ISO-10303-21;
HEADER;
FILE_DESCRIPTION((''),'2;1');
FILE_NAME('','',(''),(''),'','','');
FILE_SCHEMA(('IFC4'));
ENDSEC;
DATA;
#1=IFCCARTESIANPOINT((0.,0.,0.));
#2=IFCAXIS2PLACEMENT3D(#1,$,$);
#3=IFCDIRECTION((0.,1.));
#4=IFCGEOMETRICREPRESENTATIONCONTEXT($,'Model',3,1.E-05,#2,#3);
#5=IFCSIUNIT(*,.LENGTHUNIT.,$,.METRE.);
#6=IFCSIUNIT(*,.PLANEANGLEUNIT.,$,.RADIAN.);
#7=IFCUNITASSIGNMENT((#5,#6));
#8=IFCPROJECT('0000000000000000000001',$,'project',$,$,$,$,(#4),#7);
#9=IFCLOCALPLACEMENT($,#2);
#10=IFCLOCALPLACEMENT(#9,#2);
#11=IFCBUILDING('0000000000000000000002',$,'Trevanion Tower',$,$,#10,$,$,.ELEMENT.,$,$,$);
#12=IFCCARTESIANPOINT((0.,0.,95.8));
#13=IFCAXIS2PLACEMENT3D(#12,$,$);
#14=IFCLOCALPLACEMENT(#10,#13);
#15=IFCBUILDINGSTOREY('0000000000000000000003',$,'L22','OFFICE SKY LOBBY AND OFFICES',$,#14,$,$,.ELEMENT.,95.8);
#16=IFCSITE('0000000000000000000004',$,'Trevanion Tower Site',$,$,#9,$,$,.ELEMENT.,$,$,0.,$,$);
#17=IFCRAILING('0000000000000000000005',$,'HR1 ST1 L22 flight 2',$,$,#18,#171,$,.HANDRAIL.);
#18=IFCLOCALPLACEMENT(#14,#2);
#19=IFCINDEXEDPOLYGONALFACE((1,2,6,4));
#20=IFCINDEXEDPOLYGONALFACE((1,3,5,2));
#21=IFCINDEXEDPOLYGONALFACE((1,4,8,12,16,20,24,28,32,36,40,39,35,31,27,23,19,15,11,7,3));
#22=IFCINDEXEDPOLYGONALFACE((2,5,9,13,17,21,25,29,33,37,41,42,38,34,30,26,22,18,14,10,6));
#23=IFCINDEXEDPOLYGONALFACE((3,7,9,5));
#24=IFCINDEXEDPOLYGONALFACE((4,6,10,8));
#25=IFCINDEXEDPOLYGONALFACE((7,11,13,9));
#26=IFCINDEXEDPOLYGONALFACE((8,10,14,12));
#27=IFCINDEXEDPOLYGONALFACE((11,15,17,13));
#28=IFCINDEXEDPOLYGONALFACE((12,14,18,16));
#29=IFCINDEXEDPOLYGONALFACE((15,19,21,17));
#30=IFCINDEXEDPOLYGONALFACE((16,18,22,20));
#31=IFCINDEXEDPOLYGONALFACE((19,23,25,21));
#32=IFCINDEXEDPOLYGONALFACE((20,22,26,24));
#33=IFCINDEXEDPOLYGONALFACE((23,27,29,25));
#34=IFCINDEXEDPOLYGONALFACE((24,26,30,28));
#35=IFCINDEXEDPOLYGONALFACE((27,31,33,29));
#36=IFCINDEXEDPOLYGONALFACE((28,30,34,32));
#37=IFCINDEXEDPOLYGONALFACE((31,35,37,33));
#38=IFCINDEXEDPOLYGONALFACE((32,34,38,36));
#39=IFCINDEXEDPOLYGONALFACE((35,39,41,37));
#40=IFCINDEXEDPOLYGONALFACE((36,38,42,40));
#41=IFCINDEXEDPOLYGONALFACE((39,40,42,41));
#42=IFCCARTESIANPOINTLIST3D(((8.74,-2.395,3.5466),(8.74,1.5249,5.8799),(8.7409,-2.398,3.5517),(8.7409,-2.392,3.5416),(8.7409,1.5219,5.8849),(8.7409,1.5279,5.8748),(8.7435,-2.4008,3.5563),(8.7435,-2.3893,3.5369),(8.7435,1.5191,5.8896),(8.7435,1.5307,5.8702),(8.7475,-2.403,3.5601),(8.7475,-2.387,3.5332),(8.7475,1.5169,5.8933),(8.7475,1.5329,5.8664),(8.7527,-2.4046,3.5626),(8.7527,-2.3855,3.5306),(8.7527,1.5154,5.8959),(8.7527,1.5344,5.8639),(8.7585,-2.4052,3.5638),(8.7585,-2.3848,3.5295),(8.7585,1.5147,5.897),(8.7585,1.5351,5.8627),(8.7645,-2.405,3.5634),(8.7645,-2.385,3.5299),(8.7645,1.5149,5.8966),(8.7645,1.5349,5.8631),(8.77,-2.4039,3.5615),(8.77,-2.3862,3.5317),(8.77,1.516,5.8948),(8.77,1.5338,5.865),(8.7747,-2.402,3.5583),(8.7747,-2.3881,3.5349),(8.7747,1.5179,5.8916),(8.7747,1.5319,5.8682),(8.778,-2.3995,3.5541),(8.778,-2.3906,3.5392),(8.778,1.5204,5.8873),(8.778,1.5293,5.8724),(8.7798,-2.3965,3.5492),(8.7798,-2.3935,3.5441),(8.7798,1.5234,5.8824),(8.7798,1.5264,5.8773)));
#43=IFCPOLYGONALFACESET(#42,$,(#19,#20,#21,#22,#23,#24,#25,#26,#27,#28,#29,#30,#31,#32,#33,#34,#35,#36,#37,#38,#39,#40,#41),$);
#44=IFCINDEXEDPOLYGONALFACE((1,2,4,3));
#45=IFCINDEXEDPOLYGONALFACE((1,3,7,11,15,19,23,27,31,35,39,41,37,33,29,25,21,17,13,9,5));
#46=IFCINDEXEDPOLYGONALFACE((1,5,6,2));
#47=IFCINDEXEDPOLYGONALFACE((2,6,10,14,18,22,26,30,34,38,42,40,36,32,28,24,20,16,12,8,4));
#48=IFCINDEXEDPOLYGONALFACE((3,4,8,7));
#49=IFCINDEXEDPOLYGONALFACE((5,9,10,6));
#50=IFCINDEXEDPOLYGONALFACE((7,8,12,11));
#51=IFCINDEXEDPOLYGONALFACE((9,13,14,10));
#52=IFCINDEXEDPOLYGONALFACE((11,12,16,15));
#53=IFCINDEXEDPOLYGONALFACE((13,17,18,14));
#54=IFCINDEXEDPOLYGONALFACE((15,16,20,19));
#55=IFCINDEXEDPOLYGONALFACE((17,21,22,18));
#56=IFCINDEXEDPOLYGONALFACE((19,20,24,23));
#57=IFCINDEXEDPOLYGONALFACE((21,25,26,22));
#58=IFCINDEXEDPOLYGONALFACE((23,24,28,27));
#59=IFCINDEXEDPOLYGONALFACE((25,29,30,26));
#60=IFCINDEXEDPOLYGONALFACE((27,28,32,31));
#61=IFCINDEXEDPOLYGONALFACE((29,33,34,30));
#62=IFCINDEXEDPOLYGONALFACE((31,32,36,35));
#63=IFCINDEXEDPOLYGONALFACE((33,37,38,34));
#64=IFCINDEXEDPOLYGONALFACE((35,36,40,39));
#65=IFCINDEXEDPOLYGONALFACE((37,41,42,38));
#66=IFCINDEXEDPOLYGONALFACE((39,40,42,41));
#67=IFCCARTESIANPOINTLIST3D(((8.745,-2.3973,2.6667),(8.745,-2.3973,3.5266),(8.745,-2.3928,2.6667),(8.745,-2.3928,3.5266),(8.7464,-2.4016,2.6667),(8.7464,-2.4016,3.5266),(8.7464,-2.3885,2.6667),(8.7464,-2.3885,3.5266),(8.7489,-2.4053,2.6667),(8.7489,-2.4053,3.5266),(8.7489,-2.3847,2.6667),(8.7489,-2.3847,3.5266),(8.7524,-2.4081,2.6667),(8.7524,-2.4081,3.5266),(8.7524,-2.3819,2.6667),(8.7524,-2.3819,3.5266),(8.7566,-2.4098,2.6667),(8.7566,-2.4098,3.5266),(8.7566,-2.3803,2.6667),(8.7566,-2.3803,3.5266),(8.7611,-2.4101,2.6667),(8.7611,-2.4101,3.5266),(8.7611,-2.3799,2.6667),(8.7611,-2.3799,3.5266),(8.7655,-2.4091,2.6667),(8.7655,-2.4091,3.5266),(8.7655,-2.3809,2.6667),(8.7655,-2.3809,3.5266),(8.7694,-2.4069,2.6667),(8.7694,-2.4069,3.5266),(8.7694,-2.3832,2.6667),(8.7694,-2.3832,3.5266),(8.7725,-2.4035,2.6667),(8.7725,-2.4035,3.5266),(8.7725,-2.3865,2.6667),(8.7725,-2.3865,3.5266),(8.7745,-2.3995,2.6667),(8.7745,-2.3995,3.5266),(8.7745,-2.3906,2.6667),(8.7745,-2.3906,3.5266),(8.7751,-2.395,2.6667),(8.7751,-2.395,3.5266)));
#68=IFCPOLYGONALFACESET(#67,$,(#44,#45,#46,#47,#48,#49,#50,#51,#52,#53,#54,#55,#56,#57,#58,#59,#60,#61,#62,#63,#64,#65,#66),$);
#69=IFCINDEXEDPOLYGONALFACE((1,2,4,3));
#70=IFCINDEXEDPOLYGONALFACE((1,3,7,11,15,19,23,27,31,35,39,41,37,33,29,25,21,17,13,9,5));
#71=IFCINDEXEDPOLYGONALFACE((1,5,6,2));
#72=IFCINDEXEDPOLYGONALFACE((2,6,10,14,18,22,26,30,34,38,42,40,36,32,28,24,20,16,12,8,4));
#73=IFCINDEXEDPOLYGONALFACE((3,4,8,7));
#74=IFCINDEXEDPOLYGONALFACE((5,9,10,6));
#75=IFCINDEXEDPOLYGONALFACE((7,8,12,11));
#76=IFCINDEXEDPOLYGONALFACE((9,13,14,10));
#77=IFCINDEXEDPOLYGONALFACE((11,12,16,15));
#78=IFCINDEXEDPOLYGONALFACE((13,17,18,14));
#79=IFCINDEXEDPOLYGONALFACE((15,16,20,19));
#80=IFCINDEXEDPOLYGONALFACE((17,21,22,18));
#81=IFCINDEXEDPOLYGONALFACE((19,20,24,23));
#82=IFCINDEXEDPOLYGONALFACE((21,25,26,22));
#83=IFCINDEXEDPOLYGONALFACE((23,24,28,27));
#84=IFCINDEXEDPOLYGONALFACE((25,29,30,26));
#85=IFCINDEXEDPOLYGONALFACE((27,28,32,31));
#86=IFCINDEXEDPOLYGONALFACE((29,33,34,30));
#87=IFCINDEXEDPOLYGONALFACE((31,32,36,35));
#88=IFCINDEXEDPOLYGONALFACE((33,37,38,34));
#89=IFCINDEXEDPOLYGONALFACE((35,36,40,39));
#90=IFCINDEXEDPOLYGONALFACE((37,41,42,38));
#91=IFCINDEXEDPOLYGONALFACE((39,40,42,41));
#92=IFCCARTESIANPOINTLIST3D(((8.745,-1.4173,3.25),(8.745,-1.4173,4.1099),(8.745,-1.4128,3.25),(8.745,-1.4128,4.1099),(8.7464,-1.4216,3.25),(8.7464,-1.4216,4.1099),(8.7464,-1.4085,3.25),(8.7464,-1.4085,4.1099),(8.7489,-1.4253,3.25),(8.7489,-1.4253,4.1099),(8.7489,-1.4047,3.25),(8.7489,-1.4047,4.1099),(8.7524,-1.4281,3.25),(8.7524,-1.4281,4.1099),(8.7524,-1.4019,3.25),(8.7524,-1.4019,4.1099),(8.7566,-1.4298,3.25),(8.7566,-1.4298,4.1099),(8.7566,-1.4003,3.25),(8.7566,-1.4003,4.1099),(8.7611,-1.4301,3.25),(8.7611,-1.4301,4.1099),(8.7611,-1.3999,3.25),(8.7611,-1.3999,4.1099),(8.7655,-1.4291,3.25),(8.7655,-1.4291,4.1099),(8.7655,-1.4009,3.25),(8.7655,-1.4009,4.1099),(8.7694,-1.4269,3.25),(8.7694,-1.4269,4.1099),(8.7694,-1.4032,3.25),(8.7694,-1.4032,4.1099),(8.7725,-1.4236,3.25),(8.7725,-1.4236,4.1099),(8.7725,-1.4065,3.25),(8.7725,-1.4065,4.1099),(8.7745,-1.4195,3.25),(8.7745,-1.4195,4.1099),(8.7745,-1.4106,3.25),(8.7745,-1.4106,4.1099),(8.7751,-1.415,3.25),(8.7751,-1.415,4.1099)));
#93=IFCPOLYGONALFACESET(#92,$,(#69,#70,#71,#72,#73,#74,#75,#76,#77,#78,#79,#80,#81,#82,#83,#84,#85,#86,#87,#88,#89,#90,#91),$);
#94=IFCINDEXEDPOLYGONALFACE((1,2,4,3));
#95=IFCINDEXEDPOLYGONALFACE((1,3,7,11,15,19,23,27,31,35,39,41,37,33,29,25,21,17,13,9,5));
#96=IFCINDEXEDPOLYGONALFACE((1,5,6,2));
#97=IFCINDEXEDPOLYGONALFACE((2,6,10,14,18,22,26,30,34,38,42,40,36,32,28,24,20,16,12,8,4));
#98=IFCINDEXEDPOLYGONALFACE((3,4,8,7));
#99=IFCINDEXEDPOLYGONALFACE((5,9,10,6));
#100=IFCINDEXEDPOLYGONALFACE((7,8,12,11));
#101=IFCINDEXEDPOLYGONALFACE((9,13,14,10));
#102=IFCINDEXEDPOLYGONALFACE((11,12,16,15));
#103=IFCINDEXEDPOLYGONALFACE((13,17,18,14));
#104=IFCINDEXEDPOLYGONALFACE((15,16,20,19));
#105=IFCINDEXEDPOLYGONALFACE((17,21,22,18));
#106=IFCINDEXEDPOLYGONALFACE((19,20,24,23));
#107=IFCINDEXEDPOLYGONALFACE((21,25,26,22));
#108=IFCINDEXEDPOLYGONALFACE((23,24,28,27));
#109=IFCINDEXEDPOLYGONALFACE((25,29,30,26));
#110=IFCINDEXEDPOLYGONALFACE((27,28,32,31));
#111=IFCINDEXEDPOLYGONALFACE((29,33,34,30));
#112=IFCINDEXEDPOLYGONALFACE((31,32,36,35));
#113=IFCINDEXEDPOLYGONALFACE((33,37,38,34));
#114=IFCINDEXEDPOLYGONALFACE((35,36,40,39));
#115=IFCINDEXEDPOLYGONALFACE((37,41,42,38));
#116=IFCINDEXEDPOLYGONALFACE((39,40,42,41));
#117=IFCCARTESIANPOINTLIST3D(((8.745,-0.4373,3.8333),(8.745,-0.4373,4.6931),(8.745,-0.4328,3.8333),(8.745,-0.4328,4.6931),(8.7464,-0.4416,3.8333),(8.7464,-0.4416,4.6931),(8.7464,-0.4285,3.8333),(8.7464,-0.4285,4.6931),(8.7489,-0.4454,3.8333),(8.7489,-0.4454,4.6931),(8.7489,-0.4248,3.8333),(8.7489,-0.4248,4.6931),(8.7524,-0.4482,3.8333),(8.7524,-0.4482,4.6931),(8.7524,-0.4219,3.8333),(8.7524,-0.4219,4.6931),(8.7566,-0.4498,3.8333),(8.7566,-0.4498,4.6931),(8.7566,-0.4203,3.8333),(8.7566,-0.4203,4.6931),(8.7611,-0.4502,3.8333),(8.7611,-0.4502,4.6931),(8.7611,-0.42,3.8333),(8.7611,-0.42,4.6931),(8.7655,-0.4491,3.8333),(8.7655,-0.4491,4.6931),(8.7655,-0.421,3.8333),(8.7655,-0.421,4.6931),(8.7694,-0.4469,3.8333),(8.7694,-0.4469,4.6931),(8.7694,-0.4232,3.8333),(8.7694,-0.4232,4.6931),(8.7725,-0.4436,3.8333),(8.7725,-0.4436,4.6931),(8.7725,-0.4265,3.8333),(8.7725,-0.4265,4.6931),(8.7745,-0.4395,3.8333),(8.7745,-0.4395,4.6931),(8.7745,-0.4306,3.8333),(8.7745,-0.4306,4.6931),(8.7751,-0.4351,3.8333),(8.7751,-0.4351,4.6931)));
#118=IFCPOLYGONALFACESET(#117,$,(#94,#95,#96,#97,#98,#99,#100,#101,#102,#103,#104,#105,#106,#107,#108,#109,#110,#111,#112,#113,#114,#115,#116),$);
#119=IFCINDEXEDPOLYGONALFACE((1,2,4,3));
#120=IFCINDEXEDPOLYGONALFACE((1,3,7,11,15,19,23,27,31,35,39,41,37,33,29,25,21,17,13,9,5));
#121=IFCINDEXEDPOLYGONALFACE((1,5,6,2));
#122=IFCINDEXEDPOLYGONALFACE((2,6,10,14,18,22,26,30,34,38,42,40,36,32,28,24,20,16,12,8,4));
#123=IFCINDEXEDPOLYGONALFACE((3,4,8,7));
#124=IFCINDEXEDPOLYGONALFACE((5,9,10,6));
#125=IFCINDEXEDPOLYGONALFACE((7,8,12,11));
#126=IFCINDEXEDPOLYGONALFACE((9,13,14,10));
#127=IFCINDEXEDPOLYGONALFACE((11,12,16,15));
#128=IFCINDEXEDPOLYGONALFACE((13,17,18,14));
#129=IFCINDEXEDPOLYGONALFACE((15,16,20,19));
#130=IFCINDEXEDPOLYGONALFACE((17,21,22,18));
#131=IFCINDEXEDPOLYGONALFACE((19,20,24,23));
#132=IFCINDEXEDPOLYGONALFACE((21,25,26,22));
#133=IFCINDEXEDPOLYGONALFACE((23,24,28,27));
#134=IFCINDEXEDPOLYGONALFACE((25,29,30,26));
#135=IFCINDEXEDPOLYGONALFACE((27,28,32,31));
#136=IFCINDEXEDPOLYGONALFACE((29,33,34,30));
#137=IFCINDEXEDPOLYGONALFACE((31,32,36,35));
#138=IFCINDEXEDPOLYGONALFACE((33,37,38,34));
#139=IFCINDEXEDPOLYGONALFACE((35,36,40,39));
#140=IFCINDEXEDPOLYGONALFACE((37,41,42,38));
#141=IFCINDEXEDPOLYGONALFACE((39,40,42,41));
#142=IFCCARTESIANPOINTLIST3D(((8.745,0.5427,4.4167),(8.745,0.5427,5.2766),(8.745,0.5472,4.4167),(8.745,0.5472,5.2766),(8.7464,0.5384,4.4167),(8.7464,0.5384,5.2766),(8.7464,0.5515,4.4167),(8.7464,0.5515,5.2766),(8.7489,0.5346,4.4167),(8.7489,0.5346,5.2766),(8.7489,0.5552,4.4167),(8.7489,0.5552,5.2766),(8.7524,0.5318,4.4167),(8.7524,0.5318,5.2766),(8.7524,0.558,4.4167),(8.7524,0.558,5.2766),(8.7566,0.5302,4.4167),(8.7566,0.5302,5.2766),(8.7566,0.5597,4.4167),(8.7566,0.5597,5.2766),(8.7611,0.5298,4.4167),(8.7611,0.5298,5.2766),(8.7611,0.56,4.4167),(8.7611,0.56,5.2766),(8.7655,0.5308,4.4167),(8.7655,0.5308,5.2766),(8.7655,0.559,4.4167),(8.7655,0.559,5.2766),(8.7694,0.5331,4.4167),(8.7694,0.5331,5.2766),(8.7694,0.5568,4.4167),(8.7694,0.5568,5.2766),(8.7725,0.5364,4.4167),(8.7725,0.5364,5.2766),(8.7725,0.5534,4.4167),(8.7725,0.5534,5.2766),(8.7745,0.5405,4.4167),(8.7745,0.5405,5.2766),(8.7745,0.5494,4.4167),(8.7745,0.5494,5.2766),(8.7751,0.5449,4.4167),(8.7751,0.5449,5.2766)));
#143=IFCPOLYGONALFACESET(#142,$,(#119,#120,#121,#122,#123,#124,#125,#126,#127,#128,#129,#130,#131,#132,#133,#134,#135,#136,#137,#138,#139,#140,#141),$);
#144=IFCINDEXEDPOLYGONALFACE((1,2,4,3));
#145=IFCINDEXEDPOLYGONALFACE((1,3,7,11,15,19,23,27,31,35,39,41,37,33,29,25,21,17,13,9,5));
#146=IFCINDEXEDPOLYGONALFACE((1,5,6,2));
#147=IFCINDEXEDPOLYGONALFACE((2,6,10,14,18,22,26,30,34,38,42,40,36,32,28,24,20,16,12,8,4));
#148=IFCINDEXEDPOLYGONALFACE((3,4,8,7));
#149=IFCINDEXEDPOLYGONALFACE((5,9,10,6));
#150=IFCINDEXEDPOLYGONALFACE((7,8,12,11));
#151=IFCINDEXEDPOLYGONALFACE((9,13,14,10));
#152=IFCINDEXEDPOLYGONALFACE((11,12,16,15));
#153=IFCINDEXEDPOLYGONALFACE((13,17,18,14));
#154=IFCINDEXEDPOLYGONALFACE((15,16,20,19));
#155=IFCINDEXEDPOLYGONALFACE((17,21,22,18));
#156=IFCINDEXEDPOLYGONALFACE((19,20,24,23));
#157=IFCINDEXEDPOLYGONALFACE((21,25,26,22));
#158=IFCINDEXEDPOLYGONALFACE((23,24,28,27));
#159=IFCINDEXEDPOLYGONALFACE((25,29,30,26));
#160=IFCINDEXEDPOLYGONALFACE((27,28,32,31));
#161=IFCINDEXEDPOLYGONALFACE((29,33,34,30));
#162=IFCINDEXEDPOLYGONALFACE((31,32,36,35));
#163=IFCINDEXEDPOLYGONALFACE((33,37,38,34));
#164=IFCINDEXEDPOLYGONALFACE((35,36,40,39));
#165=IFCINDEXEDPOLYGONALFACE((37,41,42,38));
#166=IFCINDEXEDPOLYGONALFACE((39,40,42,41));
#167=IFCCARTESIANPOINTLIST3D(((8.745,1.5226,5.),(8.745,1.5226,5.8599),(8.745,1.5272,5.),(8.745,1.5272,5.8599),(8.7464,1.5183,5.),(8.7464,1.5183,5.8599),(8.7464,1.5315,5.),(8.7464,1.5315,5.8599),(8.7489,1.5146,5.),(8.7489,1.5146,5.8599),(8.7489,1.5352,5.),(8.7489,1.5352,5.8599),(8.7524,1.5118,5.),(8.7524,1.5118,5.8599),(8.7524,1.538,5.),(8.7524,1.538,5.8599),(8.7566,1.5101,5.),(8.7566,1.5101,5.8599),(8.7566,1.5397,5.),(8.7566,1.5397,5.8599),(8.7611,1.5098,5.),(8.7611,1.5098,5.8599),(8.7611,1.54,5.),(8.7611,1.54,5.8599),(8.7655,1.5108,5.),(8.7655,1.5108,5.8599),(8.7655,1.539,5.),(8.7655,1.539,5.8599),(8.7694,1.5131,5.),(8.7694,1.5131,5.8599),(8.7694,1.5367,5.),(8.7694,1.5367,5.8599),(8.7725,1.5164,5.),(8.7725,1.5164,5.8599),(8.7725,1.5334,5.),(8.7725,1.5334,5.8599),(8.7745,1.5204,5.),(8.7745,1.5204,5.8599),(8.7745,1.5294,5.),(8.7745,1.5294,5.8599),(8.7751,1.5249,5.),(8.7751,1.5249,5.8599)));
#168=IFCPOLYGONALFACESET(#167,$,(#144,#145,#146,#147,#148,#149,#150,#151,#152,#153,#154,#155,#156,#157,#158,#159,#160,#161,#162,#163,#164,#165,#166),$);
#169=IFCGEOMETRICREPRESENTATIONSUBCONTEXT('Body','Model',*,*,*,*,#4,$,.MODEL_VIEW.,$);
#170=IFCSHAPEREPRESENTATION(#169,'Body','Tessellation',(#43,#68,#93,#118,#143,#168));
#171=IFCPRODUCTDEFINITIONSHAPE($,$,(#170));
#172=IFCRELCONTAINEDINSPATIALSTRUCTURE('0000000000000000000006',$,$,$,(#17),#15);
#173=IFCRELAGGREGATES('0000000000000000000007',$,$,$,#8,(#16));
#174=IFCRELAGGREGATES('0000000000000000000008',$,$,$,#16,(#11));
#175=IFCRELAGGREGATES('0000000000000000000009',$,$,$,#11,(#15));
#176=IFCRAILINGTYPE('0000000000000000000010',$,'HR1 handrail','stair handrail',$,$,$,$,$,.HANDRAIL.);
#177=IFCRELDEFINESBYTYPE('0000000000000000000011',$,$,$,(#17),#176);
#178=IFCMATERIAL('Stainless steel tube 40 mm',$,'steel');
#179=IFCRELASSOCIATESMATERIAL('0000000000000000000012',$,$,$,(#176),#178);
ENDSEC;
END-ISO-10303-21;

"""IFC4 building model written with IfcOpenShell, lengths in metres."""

from ifc_helpers import new_model, si_unit, direction, frame, origin, origin_2d, place, context, subcontext, project, spatial, circle, extrude, material, type_object, element, save


model = new_model("IFC4")

# Units and contexts
model_context = context("Model", 3, precision=1e-05, world=origin(), true_north=direction((0.0, 1.0)))
body_context = subcontext(model_context, "Body", "Model", "MODEL_VIEW")
ifc_project = project(units=[si_unit("LENGTHUNIT", "METRE"), si_unit("PLANEANGLEUNIT", "RADIAN")], contexts=[model_context])

# Site, building, storey
site_placement = place(None, origin())
site = spatial("IfcSite", under=ifc_project, at=site_placement, Name="Trevanion Tower Site", CompositionType="ELEMENT", RefElevation=0.0)
building_placement = place(site_placement, origin())
building = spatial("IfcBuilding", under=site, at=building_placement, Name="Trevanion Tower", CompositionType="ELEMENT")
storey_placement = place(building_placement, frame((0.0, 0.0, 95.8)))
storey = spatial("IfcBuildingStorey", under=building, at=storey_placement, Name="L22", Description="OFFICE SKY LOBBY AND OFFICES", CompositionType="ELEMENT", Elevation=95.8)

# Railing
ifc_material_1 = material(Name="Stainless steel tube 40 mm", Category="steel")
railing_type = type_object("IfcRailingType", Name="HR1 handrail", Description="stair handrail", PredefinedType="HANDRAIL", material=ifc_material_1)
for number, where, name in (
    (1, (8.76, -2.395, 2.6667), "HR1 ST1 L22 flight 2"),
):
    element("IfcRailing", number, at=place(storey_placement, frame(where)), inside=storey, type_object=railing_type, Name=name, PredefinedType="HANDRAIL", context=body_context, shape_type="SweptSolid", body=[
        extrude(circle(Radius=0.02, at=origin_2d()), frame((0.0, 0.0, 0.8799), z_axis=(0.0, 0.859296, 0.511478), x_axis=(-1.0, 0.0, 0.0)), (0.0, 0.0, 1.0), 4.5618),
        extrude(circle(Radius=0.0151, at=origin_2d()), origin(), (0.0, 0.0, 1.0), 0.8599),
        extrude(circle(Radius=0.0151, at=origin_2d()), frame((0.0, 0.98, 0.5833)), (0.0, 0.0, 1.0), 0.8599),
        extrude(circle(Radius=0.0151, at=origin_2d()), frame((0.0, 1.96, 1.1665)), (0.0, 0.0, 1.0), 0.8599),
        extrude(circle(Radius=0.0151, at=origin_2d()), frame((0.0, 2.9399, 1.75)), (0.0, 0.0, 1.0), 0.8599),
        extrude(circle(Radius=0.0151, at=origin_2d()), frame((0.0, 3.9199, 2.3333)), (0.0, 0.0, 1.0), 0.8599),
    ])

save(model, "model.ifc")
